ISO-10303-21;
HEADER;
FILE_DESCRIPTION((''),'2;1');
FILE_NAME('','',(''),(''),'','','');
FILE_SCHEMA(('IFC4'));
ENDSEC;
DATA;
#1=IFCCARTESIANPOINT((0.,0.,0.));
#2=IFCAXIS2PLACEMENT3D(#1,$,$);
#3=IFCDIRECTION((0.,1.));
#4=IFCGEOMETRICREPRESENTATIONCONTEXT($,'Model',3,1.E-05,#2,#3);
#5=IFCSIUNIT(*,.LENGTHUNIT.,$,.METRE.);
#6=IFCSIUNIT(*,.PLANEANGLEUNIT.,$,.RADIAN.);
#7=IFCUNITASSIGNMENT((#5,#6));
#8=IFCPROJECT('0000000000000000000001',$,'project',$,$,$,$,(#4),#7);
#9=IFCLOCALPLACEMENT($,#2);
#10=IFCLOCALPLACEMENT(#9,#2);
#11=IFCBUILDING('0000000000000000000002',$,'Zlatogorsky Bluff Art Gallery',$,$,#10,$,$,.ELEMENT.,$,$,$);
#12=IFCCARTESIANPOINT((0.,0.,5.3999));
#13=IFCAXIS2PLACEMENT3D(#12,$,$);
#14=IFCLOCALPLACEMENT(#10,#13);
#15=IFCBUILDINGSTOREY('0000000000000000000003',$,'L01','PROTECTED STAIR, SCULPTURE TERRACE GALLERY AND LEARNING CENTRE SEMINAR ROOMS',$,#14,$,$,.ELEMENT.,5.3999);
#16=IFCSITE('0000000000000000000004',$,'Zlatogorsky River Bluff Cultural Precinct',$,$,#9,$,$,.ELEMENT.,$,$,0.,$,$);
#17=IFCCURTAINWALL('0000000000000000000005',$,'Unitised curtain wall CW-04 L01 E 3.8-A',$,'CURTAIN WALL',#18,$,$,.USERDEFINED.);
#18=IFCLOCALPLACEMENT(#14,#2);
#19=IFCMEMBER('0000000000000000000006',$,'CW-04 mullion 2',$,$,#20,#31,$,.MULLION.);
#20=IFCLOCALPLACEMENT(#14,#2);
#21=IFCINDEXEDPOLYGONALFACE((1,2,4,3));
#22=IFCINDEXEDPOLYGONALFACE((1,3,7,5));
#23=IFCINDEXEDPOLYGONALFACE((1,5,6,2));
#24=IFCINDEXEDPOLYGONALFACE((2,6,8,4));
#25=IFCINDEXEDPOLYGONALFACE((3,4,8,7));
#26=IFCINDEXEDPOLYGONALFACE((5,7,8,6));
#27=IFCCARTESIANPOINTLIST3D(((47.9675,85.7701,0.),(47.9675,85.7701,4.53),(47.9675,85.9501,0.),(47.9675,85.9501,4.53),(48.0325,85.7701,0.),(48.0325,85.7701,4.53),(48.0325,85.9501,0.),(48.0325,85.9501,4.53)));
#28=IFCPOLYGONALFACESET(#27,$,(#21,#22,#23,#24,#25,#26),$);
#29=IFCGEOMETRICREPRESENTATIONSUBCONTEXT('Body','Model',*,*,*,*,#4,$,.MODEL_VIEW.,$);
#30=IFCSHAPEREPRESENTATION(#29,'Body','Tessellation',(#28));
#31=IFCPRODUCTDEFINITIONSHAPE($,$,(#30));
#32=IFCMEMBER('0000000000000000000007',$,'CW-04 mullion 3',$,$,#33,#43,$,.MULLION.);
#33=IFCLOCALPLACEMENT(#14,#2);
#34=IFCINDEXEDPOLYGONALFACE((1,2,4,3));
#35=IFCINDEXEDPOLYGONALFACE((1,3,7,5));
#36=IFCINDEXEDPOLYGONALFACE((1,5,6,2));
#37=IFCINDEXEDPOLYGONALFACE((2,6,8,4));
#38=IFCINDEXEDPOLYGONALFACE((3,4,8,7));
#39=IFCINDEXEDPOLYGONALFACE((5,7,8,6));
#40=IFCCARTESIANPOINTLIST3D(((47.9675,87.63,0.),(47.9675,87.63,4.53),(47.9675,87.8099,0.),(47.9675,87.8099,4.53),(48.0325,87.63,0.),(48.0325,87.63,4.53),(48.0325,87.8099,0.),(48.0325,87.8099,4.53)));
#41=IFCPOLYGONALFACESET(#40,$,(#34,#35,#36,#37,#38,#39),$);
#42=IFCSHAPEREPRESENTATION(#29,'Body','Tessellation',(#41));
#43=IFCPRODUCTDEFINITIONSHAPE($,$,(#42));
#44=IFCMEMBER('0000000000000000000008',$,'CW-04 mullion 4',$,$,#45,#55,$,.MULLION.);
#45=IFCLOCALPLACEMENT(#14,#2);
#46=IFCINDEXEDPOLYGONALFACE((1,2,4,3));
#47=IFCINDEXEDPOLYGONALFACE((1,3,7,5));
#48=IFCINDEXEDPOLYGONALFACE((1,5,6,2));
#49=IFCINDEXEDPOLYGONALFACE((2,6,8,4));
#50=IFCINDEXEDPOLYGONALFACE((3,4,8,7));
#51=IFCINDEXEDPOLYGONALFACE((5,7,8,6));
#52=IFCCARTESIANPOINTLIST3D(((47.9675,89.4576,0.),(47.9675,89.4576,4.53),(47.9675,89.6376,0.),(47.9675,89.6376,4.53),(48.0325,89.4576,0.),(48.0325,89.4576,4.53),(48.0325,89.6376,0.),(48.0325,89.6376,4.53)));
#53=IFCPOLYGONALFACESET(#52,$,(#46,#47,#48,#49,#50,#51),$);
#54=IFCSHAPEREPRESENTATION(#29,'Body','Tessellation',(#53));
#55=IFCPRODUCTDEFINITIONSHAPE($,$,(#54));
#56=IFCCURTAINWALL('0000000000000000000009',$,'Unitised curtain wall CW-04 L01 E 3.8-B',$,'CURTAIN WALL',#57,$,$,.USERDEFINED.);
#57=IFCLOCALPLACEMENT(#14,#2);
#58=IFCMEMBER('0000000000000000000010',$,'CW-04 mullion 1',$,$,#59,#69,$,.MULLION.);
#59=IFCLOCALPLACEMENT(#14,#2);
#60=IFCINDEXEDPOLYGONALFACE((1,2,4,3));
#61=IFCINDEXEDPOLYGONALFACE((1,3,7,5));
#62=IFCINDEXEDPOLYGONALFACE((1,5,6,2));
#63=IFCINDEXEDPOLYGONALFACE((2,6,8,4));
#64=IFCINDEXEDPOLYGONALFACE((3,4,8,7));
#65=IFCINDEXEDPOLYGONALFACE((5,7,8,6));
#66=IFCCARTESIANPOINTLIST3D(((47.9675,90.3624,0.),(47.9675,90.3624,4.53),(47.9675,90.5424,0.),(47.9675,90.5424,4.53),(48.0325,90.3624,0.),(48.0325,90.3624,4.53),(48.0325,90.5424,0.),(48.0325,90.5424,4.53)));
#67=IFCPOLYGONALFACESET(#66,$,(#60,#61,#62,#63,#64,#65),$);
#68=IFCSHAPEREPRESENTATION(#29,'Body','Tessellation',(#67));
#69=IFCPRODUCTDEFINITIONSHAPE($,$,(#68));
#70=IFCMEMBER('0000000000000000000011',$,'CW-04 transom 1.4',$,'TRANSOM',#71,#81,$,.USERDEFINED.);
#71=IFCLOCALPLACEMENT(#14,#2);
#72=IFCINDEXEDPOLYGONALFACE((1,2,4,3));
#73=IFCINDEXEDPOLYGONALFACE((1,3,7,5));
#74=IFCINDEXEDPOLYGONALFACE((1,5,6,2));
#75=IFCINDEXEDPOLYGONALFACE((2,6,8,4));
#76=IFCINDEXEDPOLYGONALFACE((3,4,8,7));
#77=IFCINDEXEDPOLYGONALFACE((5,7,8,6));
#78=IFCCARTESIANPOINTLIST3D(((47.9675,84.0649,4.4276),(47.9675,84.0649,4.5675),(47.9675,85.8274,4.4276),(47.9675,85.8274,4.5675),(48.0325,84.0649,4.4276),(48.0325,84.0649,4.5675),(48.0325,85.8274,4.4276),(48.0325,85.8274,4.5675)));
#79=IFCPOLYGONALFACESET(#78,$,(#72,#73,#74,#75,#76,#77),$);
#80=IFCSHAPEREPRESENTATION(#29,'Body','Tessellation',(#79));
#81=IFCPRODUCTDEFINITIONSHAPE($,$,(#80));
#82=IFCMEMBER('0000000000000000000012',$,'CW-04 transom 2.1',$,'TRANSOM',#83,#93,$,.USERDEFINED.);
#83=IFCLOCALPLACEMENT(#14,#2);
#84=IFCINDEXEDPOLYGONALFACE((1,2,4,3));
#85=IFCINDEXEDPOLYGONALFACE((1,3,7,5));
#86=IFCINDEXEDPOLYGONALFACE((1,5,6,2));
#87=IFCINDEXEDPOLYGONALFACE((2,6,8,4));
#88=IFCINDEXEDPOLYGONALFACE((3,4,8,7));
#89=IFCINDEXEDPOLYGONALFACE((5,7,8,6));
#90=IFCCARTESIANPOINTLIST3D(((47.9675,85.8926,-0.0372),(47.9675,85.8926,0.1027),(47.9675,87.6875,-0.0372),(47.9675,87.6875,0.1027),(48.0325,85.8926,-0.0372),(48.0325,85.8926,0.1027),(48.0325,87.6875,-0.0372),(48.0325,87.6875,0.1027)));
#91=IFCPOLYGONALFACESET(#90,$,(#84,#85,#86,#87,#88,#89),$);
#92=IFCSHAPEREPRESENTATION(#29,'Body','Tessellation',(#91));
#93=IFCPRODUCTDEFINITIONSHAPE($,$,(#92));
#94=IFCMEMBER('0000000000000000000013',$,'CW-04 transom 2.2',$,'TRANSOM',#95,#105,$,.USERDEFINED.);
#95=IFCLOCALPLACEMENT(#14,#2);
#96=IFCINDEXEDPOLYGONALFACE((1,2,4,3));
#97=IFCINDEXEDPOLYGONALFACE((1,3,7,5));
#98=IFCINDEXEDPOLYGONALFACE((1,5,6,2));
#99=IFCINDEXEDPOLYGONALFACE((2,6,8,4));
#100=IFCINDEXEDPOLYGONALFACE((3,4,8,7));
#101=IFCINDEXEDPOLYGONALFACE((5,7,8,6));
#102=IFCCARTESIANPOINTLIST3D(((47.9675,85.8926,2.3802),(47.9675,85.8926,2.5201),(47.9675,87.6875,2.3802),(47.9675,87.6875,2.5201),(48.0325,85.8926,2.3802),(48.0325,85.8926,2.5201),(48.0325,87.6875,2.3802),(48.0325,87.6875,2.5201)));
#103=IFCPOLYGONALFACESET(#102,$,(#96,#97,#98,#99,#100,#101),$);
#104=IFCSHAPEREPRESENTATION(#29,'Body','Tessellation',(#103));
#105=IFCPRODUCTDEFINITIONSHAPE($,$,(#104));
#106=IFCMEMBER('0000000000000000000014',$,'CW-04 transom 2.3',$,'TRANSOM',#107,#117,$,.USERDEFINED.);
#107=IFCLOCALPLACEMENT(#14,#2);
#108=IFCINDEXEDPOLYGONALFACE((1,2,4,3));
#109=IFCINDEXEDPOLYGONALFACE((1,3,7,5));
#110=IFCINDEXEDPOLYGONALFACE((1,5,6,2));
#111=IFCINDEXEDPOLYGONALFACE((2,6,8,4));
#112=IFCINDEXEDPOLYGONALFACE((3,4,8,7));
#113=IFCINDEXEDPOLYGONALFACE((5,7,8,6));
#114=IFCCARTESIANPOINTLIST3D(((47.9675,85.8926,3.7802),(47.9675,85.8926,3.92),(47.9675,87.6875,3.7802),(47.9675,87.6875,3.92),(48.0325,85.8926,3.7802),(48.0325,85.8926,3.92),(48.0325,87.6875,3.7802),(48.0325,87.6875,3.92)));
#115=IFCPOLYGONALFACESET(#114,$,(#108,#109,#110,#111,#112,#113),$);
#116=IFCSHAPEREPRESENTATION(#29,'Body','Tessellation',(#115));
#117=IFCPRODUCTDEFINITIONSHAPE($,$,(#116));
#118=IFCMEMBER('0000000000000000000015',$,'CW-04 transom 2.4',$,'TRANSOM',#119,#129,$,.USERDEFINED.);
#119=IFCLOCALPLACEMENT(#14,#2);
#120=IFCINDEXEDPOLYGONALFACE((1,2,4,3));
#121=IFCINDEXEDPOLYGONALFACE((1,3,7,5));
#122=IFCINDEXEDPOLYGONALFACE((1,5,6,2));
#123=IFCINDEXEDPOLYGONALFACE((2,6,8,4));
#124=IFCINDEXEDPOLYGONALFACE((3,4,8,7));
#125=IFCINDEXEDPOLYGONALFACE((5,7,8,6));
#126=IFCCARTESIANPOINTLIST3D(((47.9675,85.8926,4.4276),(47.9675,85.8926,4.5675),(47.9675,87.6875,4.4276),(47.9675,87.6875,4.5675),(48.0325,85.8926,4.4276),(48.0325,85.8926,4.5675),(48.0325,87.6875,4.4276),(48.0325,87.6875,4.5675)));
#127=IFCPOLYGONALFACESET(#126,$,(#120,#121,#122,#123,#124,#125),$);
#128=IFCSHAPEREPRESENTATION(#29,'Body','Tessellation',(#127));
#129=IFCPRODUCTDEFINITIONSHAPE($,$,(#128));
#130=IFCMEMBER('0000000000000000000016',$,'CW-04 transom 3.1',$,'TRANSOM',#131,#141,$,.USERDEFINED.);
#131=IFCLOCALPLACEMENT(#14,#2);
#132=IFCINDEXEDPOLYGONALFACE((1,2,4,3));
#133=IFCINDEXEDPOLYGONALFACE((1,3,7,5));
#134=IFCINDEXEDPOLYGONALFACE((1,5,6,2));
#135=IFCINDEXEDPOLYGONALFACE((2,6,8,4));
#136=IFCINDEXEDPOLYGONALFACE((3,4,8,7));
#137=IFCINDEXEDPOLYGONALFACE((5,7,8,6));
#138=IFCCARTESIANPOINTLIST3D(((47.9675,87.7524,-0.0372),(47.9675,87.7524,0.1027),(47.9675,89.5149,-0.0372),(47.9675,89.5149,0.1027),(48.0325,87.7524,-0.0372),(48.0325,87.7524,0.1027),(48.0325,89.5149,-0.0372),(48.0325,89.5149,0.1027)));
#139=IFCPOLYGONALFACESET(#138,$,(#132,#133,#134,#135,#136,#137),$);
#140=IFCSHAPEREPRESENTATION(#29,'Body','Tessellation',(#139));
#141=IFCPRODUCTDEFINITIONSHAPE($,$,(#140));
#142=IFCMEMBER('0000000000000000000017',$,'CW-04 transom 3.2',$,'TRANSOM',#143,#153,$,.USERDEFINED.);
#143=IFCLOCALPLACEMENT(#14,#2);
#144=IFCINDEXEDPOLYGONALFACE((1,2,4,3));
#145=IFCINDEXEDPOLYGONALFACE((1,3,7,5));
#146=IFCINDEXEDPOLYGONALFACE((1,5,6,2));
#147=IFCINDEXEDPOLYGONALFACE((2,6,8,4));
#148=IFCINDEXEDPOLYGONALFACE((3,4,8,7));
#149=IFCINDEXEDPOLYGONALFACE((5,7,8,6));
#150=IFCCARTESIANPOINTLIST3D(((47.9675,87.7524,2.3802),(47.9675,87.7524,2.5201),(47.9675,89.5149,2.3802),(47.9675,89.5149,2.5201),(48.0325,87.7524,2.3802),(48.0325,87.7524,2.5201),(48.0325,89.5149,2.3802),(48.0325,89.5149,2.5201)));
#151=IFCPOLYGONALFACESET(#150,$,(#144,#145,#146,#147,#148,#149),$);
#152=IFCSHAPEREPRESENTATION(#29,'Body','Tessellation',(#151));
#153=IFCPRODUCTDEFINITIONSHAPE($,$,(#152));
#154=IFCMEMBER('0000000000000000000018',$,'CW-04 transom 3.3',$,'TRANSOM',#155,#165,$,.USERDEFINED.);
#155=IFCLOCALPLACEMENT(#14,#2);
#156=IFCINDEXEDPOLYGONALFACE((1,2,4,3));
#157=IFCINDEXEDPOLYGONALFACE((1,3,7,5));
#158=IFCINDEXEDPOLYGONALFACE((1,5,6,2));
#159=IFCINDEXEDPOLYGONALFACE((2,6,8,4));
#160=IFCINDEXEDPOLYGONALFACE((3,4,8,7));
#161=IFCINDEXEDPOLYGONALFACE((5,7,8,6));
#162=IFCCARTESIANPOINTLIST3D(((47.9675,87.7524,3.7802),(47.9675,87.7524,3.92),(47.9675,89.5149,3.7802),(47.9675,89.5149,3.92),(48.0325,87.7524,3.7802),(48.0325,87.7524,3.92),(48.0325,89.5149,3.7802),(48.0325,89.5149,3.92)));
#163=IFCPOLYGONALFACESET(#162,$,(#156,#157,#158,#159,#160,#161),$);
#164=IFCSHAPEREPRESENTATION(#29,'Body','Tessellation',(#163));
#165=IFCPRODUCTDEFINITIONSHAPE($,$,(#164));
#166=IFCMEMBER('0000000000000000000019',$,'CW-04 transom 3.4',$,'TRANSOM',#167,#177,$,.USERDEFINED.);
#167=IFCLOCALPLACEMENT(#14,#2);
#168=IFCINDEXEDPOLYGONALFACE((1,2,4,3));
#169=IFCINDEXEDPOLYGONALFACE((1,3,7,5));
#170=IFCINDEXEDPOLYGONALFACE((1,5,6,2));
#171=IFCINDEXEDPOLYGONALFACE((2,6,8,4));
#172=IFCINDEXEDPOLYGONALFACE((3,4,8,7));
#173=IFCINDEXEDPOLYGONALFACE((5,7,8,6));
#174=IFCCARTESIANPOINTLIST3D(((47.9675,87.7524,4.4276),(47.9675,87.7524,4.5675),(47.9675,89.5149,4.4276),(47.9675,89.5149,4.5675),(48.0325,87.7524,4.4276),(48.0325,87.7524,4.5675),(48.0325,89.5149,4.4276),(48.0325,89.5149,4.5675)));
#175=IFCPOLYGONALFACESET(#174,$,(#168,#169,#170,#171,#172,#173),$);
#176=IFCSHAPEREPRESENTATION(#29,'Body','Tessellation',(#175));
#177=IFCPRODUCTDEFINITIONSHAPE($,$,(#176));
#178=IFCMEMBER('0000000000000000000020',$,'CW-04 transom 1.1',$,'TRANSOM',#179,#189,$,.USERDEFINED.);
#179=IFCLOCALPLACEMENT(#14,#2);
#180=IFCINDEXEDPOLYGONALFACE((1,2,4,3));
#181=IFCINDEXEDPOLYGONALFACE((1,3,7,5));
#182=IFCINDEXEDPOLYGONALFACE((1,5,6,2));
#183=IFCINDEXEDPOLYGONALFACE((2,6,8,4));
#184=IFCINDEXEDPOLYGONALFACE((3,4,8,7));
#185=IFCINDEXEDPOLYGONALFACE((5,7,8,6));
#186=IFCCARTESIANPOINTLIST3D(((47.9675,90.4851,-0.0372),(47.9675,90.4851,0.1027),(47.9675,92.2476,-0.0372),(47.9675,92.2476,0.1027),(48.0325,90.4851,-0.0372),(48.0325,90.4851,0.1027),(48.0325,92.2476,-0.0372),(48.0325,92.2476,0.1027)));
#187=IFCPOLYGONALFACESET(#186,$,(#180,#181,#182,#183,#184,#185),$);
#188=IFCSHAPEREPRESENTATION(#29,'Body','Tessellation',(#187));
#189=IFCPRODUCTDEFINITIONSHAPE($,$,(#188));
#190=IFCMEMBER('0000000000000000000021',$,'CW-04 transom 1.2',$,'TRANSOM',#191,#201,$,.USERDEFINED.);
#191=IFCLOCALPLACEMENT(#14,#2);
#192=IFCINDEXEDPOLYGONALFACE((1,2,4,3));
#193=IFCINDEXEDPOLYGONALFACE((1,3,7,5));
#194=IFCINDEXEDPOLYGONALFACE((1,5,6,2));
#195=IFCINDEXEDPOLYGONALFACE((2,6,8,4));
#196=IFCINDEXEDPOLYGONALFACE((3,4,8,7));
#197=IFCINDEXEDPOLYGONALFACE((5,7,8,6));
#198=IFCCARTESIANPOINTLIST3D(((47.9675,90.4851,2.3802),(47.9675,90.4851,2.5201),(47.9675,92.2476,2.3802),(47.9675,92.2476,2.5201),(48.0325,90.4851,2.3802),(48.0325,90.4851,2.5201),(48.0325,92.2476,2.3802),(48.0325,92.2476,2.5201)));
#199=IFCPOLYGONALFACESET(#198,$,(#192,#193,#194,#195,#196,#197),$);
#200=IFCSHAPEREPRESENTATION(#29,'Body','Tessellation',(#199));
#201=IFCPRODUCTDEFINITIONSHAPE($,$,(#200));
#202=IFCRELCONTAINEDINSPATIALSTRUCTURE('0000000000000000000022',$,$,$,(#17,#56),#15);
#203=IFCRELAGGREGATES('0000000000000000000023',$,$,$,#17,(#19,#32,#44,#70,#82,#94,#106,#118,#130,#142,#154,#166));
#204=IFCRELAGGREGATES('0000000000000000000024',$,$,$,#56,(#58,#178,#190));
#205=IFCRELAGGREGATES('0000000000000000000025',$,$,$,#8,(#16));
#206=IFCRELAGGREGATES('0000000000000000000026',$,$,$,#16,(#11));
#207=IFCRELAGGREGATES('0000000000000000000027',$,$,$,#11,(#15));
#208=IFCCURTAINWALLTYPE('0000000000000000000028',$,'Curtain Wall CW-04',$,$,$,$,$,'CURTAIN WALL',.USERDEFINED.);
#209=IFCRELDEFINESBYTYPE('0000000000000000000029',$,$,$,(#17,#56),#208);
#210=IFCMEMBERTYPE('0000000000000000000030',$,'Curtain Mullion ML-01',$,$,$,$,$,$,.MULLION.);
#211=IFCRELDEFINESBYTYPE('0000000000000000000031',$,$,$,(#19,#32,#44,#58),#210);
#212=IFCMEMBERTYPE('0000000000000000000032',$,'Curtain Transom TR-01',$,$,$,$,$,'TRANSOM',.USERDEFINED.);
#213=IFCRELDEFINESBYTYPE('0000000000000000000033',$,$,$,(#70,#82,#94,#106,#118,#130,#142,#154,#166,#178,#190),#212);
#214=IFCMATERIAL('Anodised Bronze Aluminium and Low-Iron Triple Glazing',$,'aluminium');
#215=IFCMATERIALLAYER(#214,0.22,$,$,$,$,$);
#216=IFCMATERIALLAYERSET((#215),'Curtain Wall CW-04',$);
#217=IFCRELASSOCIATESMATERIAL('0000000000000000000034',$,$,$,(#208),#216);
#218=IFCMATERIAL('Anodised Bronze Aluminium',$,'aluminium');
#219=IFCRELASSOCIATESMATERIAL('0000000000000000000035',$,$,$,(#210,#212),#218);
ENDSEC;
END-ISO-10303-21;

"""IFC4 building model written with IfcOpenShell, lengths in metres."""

from ifc_helpers import new_model, si_unit, direction, frame, origin, origin_2d, place, context, subcontext, project, spatial, rectangle, extrude, material, layer, layer_set, material_profile, profile_set, type_object, element, aggregate, save


model = new_model("IFC4")

# Units and contexts
model_context = context("Model", 3, precision=1e-05, world=origin(), true_north=direction((0.0, 1.0)))
body_context = subcontext(model_context, "Body", "Model", "MODEL_VIEW")
ifc_project = project(units=[si_unit("LENGTHUNIT", "METRE"), si_unit("PLANEANGLEUNIT", "RADIAN")], contexts=[model_context])

# Site, building, storey
site_placement = place(None, origin())
site = spatial("IfcSite", under=ifc_project, at=site_placement, Name="Zlatogorsky River Bluff Cultural Precinct", CompositionType="ELEMENT", RefElevation=0.0)
building_placement = place(site_placement, origin())
building = spatial("IfcBuilding", under=site, at=building_placement, Name="Zlatogorsky Bluff Art Gallery", CompositionType="ELEMENT")
storey_placement = place(building_placement, frame((0.0, 0.0, 5.3999)))
storey = spatial("IfcBuildingStorey", under=building, at=storey_placement, Name="L01", Description="PROTECTED STAIR, SCULPTURE TERRACE GALLERY AND LEARNING CENTRE SEMINAR ROOMS", CompositionType="ELEMENT", Elevation=5.3999)

# Curtain wall, members
ifc_material_1 = material(Name="Anodised Bronze Aluminium and Low-Iron Triple Glazing", Category="aluminium")
ifc_layer_1 = layer(ifc_material_1, 0.22)
ifc_layer_set_1 = layer_set([ifc_layer_1], Name="Curtain Wall CW-04")
curtain_wall_type = type_object("IfcCurtainWallType", Name="Curtain Wall CW-04", ElementType="CURTAIN WALL", PredefinedType="USERDEFINED", material=ifc_layer_set_1)
curtain_wall_1_placement = place(storey_placement, origin())
curtain_wall_1 = element("IfcCurtainWall", 1, at=curtain_wall_1_placement, inside=storey, type_object=curtain_wall_type, Name="Unitised curtain wall CW-04 L01 E 3.8-A", ObjectType="CURTAIN WALL", PredefinedType="USERDEFINED")
ifc_material_2 = material(Name="Anodised Bronze Aluminium", Category="aluminium")
ifc_material_profile_1 = material_profile(ifc_material_2, rectangle(XDim=0.0649, YDim=0.1799, at=origin_2d()), Name="ALU MULLION 65x180")
ifc_profile_set_1 = profile_set([ifc_material_profile_1], Name="Anodised Bronze Aluminium")
member_type_1 = type_object("IfcMemberType", Name="Curtain Mullion ML-01", PredefinedType="MULLION", material=ifc_profile_set_1)
member_1_placement = place(storey_placement, frame((48.0, 85.8601, 0.0), z_axis=(0.0, 0.0, 1.0), x_axis=(-1.0, 0.0, 0.0)))
member_1 = element("IfcMember", 2, at=member_1_placement, type_object=member_type_1, Name="CW-04 mullion 2", PredefinedType="MULLION", context=body_context, shape_type="SweptSolid", body=[
    extrude(rectangle(XDim=0.0649, YDim=0.1799, at=origin_2d()), origin(), (0.0, 0.0, 1.0), 4.53),
])
member_2_placement = place(storey_placement, frame((48.0, 87.72, 0.0), z_axis=(0.0, 0.0, 1.0), x_axis=(-1.0, 0.0, 0.0)))
member_2 = element("IfcMember", 3, at=member_2_placement, type_object=member_type_1, Name="CW-04 mullion 3", PredefinedType="MULLION", context=body_context, shape_type="SweptSolid", body=[
    extrude(rectangle(XDim=0.0649, YDim=0.1799, at=origin_2d()), origin(), (0.0, 0.0, 1.0), 4.53),
])
member_3_placement = place(storey_placement, frame((48.0, 89.5476, 0.0), z_axis=(0.0, 0.0, 1.0), x_axis=(-1.0, 0.0, 0.0)))
member_3 = element("IfcMember", 4, at=member_3_placement, type_object=member_type_1, Name="CW-04 mullion 4", PredefinedType="MULLION", context=body_context, shape_type="SweptSolid", body=[
    extrude(rectangle(XDim=0.0649, YDim=0.1799, at=origin_2d()), origin(), (0.0, 0.0, 1.0), 4.53),
])

# Curtain wall, member
curtain_wall_2_placement = place(storey_placement, origin())
curtain_wall_2 = element("IfcCurtainWall", 5, at=curtain_wall_2_placement, inside=storey, type_object=curtain_wall_type, Name="Unitised curtain wall CW-04 L01 E 3.8-B", ObjectType="CURTAIN WALL", PredefinedType="USERDEFINED")
member_4_placement = place(storey_placement, frame((48.0, 90.4524, 0.0), z_axis=(0.0, 0.0, 1.0), x_axis=(-1.0, 0.0, 0.0)))
member_4 = element("IfcMember", 6, at=member_4_placement, type_object=member_type_1, Name="CW-04 mullion 1", PredefinedType="MULLION", context=body_context, shape_type="SweptSolid", body=[
    extrude(rectangle(XDim=0.0649, YDim=0.1799, at=origin_2d()), origin(), (0.0, 0.0, 1.0), 4.53),
])

# Members
ifc_material_profile_2 = material_profile(ifc_material_2, rectangle(XDim=0.0649, YDim=0.1399, at=origin_2d()), Name="ALU TRANSOM 65x140")
ifc_profile_set_2 = profile_set([ifc_material_profile_2], Name="Anodised Bronze Aluminium")
member_type_2 = type_object("IfcMemberType", Name="Curtain Transom TR-01", ElementType="TRANSOM", PredefinedType="USERDEFINED", material=ifc_profile_set_2)
member_5_placement = place(storey_placement, frame((48.0, 84.0649, 4.4976), z_axis=(0.0, 1.0, 0.0), x_axis=(-1.0, 0.0, 0.0)))
member_5 = element("IfcMember", 7, at=member_5_placement, type_object=member_type_2, Name="CW-04 transom 1.4", ObjectType="TRANSOM", PredefinedType="USERDEFINED", context=body_context, shape_type="SweptSolid", body=[
    extrude(rectangle(XDim=0.0649, YDim=0.1399, at=origin_2d()), origin(), (0.0, 0.0, 1.0), 1.7625),
])
member_6_placement = place(storey_placement, frame((48.0, 85.8926, 0.0327), z_axis=(0.0, 1.0, 0.0), x_axis=(-1.0, 0.0, 0.0)))
member_6 = element("IfcMember", 8, at=member_6_placement, type_object=member_type_2, Name="CW-04 transom 2.1", ObjectType="TRANSOM", PredefinedType="USERDEFINED", context=body_context, shape_type="SweptSolid", body=[
    extrude(rectangle(XDim=0.0649, YDim=0.1399, at=origin_2d()), origin(), (0.0, 0.0, 1.0), 1.7949),
])
member_7_placement = place(storey_placement, frame((48.0, 85.8926, 2.4502), z_axis=(0.0, 1.0, 0.0), x_axis=(-1.0, 0.0, 0.0)))
member_7 = element("IfcMember", 9, at=member_7_placement, type_object=member_type_2, Name="CW-04 transom 2.2", ObjectType="TRANSOM", PredefinedType="USERDEFINED", context=body_context, shape_type="SweptSolid", body=[
    extrude(rectangle(XDim=0.0649, YDim=0.1399, at=origin_2d()), origin(), (0.0, 0.0, 1.0), 1.7949),
])
member_8_placement = place(storey_placement, frame((48.0, 85.8926, 3.8501), z_axis=(0.0, 1.0, 0.0), x_axis=(-1.0, 0.0, 0.0)))
member_8 = element("IfcMember", 10, at=member_8_placement, type_object=member_type_2, Name="CW-04 transom 2.3", ObjectType="TRANSOM", PredefinedType="USERDEFINED", context=body_context, shape_type="SweptSolid", body=[
    extrude(rectangle(XDim=0.0649, YDim=0.1399, at=origin_2d()), origin(), (0.0, 0.0, 1.0), 1.7949),
])
member_9_placement = place(storey_placement, frame((48.0, 85.8926, 4.4976), z_axis=(0.0, 1.0, 0.0), x_axis=(-1.0, 0.0, 0.0)))
member_9 = element("IfcMember", 11, at=member_9_placement, type_object=member_type_2, Name="CW-04 transom 2.4", ObjectType="TRANSOM", PredefinedType="USERDEFINED", context=body_context, shape_type="SweptSolid", body=[
    extrude(rectangle(XDim=0.0649, YDim=0.1399, at=origin_2d()), origin(), (0.0, 0.0, 1.0), 1.7949),
])
member_10_placement = place(storey_placement, frame((48.0, 87.7524, 0.0327), z_axis=(0.0, 1.0, 0.0), x_axis=(-1.0, 0.0, 0.0)))
member_10 = element("IfcMember", 12, at=member_10_placement, type_object=member_type_2, Name="CW-04 transom 3.1", ObjectType="TRANSOM", PredefinedType="USERDEFINED", context=body_context, shape_type="SweptSolid", body=[
    extrude(rectangle(XDim=0.0649, YDim=0.1399, at=origin_2d()), origin(), (0.0, 0.0, 1.0), 1.7625),
])
member_11_placement = place(storey_placement, frame((48.0, 87.7524, 2.4502), z_axis=(0.0, 1.0, 0.0), x_axis=(-1.0, 0.0, 0.0)))
member_11 = element("IfcMember", 13, at=member_11_placement, type_object=member_type_2, Name="CW-04 transom 3.2", ObjectType="TRANSOM", PredefinedType="USERDEFINED", context=body_context, shape_type="SweptSolid", body=[
    extrude(rectangle(XDim=0.0649, YDim=0.1399, at=origin_2d()), origin(), (0.0, 0.0, 1.0), 1.7625),
])
member_12_placement = place(storey_placement, frame((48.0, 87.7524, 3.8501), z_axis=(0.0, 1.0, 0.0), x_axis=(-1.0, 0.0, 0.0)))
member_12 = element("IfcMember", 14, at=member_12_placement, type_object=member_type_2, Name="CW-04 transom 3.3", ObjectType="TRANSOM", PredefinedType="USERDEFINED", context=body_context, shape_type="SweptSolid", body=[
    extrude(rectangle(XDim=0.0649, YDim=0.1399, at=origin_2d()), origin(), (0.0, 0.0, 1.0), 1.7625),
])
member_13_placement = place(storey_placement, frame((48.0, 87.7524, 4.4976), z_axis=(0.0, 1.0, 0.0), x_axis=(-1.0, 0.0, 0.0)))
member_13 = element("IfcMember", 15, at=member_13_placement, type_object=member_type_2, Name="CW-04 transom 3.4", ObjectType="TRANSOM", PredefinedType="USERDEFINED", context=body_context, shape_type="SweptSolid", body=[
    extrude(rectangle(XDim=0.0649, YDim=0.1399, at=origin_2d()), origin(), (0.0, 0.0, 1.0), 1.7625),
])
member_14_placement = place(storey_placement, frame((48.0, 90.4851, 0.0327), z_axis=(0.0, 1.0, 0.0), x_axis=(-1.0, 0.0, 0.0)))
member_14 = element("IfcMember", 16, at=member_14_placement, type_object=member_type_2, Name="CW-04 transom 1.1", ObjectType="TRANSOM", PredefinedType="USERDEFINED", context=body_context, shape_type="SweptSolid", body=[
    extrude(rectangle(XDim=0.0649, YDim=0.1399, at=origin_2d()), origin(), (0.0, 0.0, 1.0), 1.7625),
])
member_15_placement = place(storey_placement, frame((48.0, 90.4851, 2.4502), z_axis=(0.0, 1.0, 0.0), x_axis=(-1.0, 0.0, 0.0)))
member_15 = element("IfcMember", 17, at=member_15_placement, type_object=member_type_2, Name="CW-04 transom 1.2", ObjectType="TRANSOM", PredefinedType="USERDEFINED", context=body_context, shape_type="SweptSolid", body=[
    extrude(rectangle(XDim=0.0649, YDim=0.1399, at=origin_2d()), origin(), (0.0, 0.0, 1.0), 1.7625),
])

aggregate(curtain_wall_1, [member_1, member_2, member_3, member_5, member_6, member_7, member_8, member_9, member_10, member_11, member_12, member_13])
aggregate(curtain_wall_2, [member_4, member_14, member_15])

save(model, "model.ifc")
